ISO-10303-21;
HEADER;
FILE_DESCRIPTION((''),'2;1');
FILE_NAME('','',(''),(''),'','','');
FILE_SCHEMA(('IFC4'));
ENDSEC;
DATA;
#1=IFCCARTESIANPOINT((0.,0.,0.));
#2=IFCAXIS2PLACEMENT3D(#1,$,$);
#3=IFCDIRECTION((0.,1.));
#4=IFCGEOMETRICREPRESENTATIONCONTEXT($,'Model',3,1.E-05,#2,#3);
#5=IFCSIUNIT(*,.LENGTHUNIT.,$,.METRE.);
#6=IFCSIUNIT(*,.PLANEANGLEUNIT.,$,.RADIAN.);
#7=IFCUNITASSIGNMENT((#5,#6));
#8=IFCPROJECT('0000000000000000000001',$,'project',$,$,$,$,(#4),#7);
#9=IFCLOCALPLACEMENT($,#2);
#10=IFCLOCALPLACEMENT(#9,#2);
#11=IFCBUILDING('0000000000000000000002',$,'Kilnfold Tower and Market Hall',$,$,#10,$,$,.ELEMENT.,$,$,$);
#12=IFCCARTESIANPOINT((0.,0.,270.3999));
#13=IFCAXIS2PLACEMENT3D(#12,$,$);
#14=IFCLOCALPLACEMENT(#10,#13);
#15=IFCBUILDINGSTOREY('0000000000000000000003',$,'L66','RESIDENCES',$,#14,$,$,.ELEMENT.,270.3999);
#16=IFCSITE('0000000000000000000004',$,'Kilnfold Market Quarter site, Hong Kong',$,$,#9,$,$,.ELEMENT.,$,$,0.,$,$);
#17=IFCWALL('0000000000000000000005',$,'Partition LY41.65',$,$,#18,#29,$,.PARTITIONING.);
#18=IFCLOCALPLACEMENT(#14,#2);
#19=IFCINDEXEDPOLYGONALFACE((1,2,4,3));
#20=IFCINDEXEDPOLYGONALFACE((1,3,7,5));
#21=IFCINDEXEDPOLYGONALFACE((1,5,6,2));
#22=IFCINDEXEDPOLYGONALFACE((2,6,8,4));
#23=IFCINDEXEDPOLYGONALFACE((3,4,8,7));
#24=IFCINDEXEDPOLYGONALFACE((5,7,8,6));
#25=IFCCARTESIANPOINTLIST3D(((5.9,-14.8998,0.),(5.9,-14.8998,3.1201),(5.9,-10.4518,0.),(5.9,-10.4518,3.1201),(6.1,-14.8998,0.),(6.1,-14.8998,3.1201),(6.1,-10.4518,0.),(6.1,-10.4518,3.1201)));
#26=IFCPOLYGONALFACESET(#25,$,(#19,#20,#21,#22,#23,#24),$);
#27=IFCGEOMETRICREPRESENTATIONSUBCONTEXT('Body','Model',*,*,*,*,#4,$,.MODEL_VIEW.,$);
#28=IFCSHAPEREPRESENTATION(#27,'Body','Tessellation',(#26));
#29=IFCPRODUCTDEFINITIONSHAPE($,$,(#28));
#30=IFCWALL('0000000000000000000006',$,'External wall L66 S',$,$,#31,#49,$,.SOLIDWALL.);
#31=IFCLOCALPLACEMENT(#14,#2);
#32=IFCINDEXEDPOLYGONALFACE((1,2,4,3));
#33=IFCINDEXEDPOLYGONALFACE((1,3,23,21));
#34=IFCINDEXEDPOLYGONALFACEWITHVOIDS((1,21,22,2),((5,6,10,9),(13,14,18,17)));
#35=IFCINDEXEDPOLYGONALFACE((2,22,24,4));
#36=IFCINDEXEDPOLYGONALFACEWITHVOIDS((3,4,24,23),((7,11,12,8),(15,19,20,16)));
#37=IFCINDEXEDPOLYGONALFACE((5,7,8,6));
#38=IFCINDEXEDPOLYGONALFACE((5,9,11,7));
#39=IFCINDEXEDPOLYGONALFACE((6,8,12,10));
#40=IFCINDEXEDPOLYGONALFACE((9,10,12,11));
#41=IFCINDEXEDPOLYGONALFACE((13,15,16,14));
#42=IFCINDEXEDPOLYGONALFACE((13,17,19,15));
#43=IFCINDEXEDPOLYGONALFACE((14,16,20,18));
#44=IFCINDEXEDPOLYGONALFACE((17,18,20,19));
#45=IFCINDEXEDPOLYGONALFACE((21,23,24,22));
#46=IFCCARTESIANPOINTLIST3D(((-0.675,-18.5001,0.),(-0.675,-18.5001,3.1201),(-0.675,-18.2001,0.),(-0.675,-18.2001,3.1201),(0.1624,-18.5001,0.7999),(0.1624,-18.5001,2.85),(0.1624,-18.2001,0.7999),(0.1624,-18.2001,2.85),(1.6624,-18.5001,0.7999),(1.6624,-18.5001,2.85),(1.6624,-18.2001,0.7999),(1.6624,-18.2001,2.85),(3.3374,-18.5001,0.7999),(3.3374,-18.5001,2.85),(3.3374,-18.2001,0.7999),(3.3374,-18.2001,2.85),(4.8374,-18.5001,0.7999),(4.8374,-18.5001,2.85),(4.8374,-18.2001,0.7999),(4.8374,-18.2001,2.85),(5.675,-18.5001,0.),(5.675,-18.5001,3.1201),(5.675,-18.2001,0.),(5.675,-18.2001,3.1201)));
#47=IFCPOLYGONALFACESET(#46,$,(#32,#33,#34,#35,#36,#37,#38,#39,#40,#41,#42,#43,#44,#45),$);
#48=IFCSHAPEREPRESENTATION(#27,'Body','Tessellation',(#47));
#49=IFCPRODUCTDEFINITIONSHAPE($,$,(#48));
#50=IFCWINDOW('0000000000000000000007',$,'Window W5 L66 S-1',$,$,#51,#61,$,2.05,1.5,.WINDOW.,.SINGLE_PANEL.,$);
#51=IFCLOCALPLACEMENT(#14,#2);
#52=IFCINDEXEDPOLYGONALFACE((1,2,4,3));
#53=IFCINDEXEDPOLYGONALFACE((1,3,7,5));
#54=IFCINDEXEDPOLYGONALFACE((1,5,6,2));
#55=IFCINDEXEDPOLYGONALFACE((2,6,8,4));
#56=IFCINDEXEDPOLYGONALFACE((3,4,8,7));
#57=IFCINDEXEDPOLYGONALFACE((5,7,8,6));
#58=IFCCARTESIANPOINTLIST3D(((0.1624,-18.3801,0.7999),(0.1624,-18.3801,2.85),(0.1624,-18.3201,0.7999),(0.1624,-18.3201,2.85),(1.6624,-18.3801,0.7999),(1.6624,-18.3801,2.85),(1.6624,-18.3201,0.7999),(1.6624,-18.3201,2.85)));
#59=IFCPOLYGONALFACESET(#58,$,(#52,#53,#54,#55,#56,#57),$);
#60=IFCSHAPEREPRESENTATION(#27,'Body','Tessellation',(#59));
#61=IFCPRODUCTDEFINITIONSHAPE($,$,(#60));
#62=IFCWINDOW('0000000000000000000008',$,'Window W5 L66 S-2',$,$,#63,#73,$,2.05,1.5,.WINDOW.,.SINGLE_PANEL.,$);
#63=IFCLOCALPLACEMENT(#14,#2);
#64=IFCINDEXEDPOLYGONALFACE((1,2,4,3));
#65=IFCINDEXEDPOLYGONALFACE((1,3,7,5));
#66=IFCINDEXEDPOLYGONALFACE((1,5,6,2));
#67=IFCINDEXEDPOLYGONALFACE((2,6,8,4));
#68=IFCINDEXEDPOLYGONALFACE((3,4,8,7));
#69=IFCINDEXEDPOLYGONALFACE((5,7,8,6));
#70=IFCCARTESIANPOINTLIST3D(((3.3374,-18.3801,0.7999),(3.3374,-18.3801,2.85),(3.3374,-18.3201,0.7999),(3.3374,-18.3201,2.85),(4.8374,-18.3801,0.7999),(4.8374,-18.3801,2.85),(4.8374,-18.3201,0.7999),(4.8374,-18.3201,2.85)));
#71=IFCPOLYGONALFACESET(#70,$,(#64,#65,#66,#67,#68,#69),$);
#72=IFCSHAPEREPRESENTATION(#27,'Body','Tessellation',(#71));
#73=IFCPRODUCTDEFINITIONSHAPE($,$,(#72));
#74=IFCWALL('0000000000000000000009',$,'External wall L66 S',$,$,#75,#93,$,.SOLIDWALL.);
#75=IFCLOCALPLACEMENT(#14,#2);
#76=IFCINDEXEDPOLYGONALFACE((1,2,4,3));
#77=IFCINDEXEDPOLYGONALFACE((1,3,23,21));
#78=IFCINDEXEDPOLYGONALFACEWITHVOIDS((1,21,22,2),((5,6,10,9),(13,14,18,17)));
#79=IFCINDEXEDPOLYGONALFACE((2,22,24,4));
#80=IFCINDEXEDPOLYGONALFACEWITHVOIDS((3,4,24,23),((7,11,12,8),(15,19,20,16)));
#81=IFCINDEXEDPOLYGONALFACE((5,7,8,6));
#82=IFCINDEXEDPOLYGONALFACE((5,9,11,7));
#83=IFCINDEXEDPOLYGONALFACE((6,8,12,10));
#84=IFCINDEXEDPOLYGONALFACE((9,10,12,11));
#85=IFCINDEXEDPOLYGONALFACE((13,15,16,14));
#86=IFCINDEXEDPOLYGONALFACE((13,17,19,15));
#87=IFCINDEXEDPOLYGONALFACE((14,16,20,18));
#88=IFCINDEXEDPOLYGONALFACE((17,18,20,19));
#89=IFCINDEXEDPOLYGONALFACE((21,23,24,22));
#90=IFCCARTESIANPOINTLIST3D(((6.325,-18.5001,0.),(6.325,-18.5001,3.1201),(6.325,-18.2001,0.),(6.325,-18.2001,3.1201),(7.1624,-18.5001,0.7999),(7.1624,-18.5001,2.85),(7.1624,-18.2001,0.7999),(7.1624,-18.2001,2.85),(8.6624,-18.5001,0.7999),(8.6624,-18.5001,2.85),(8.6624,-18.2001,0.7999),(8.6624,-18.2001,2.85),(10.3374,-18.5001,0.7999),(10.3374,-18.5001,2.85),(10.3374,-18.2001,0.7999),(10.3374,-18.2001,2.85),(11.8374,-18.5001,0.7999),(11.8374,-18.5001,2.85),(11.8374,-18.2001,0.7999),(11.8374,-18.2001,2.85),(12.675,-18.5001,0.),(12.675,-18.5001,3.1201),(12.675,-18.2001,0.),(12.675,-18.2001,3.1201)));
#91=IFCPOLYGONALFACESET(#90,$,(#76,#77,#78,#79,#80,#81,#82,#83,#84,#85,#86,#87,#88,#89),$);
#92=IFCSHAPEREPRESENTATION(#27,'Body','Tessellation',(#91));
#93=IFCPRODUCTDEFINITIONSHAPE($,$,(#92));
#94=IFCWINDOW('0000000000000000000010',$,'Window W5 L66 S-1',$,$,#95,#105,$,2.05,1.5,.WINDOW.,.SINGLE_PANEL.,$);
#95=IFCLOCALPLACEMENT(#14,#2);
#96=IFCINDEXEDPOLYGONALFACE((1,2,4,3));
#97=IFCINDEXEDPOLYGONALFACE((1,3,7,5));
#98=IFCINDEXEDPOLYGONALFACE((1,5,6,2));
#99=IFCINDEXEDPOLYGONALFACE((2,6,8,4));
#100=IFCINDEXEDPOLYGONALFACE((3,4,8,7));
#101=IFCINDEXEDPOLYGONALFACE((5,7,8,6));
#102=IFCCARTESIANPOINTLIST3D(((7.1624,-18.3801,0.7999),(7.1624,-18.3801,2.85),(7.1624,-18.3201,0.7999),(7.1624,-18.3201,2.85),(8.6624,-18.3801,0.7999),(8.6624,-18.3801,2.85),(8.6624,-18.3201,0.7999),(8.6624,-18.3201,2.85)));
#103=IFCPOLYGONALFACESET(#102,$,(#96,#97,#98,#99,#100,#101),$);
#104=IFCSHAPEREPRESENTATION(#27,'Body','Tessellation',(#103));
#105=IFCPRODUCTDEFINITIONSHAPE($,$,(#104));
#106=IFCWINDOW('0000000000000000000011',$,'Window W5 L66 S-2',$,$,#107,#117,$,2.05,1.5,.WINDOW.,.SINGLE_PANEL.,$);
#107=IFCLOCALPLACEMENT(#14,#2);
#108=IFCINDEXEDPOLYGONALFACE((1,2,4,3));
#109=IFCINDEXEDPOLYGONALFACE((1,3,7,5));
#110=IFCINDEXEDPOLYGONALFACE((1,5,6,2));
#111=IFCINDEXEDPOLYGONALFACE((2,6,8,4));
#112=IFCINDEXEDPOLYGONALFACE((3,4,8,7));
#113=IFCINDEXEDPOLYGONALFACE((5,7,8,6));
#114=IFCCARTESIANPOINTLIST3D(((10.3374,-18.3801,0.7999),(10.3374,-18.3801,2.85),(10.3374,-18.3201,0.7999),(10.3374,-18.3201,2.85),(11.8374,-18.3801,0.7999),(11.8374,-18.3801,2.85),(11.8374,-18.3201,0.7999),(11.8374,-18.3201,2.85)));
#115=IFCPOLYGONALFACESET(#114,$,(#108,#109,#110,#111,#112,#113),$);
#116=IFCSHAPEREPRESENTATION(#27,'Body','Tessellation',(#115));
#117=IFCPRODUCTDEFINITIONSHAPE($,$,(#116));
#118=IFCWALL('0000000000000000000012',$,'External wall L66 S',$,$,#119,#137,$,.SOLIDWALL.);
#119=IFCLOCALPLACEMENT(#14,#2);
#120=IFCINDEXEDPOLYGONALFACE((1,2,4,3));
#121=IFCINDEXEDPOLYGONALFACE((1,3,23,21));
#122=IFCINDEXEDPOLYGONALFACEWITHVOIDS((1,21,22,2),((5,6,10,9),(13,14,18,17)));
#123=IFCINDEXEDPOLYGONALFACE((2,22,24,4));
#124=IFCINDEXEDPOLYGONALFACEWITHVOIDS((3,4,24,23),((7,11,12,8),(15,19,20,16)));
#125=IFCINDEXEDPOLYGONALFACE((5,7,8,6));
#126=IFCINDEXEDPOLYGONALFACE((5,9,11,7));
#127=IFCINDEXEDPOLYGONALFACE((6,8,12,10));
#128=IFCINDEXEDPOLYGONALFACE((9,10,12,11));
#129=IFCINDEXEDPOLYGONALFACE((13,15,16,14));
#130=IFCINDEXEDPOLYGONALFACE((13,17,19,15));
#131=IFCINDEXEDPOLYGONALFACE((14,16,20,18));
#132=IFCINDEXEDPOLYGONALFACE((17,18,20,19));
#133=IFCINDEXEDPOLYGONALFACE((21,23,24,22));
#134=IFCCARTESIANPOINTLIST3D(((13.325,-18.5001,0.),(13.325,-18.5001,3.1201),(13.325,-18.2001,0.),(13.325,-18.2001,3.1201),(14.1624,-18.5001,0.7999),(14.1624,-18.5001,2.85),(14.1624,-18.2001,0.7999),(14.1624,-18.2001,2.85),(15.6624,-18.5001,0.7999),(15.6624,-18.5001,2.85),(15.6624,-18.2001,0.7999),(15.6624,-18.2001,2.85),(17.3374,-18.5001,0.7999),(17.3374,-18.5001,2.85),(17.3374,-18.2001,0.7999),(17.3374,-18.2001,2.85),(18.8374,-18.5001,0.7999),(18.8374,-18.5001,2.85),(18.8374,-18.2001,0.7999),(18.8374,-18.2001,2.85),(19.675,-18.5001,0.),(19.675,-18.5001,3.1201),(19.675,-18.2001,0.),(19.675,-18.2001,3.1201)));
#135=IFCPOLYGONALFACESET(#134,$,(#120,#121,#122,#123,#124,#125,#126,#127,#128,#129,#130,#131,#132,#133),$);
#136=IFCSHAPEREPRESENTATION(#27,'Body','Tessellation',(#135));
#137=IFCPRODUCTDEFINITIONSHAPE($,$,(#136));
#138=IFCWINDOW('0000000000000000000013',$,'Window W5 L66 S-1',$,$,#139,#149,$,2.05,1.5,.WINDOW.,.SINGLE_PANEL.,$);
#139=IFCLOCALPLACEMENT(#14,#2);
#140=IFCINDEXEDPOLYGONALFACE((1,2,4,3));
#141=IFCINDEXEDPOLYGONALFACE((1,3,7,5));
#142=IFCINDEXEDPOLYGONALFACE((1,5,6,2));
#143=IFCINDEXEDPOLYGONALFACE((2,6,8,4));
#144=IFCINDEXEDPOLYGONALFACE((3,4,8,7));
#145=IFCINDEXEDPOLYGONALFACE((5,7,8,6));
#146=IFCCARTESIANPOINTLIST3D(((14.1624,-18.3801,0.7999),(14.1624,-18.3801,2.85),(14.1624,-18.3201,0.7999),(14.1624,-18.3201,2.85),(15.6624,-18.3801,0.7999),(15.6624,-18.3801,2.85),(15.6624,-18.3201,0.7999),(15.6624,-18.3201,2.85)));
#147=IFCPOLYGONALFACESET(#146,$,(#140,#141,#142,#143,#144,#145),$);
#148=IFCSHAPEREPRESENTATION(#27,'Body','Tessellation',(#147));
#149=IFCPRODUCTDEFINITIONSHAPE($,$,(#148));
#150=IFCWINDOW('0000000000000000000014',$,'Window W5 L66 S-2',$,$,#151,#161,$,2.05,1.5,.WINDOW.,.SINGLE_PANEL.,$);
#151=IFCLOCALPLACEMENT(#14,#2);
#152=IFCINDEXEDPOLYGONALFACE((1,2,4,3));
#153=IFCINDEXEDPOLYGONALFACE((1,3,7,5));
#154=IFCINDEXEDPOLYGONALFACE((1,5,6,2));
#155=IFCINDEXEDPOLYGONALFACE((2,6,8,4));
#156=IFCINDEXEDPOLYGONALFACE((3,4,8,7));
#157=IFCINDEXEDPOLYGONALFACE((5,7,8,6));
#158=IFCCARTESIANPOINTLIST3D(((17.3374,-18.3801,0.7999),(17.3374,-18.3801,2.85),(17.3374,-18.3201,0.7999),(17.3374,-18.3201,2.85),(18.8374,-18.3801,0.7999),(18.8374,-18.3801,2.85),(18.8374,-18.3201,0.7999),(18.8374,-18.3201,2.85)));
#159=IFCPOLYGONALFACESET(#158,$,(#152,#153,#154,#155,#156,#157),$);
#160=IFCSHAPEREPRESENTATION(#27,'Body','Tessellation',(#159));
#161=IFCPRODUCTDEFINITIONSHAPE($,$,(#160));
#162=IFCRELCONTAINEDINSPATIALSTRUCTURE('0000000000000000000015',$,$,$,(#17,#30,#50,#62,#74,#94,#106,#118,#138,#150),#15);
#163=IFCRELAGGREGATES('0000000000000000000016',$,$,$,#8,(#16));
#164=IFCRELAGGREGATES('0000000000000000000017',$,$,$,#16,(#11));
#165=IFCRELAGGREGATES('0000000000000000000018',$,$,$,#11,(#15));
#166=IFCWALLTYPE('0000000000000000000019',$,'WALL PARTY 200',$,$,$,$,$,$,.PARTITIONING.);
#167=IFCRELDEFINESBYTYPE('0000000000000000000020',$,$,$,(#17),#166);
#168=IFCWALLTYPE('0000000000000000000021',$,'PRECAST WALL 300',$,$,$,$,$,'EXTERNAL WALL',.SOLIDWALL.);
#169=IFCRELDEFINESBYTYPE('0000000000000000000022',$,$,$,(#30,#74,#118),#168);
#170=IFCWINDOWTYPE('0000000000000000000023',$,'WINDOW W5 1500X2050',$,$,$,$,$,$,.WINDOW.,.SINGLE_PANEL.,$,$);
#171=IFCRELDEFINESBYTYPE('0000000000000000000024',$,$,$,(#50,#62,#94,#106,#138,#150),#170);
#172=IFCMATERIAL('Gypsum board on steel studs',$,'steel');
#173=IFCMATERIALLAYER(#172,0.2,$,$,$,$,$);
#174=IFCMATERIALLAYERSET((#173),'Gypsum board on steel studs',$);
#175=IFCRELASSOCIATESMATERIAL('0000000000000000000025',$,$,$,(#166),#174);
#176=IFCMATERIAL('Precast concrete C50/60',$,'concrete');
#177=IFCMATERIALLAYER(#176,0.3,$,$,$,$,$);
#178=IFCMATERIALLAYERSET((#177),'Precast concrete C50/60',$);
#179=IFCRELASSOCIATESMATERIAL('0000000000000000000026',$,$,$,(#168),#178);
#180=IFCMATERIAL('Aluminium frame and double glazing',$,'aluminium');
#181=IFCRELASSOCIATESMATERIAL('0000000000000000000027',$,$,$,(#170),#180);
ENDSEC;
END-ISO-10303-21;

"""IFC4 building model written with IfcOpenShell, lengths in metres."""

from ifc_helpers import new_model, si_unit, direction, frame, frame_2d, origin, place, context, subcontext, project, spatial, rectangle, extrude, source, transform, mapped, material, layer, layer_set, type_object, element, fill, save


model = new_model("IFC4")

# Units and contexts
model_context = context("Model", 3, precision=1e-05, world=origin(), true_north=direction((0.0, 1.0)))
body_context = subcontext(model_context, "Body", "Model", "MODEL_VIEW")
ifc_project = project(units=[si_unit("LENGTHUNIT", "METRE"), si_unit("PLANEANGLEUNIT", "RADIAN")], contexts=[model_context])

# Site, building, storey
site_placement = place(None, origin())
site = spatial("IfcSite", under=ifc_project, at=site_placement, Name="Kilnfold Market Quarter site, Hong Kong", CompositionType="ELEMENT", RefElevation=0.0)
building_placement = place(site_placement, origin())
building = spatial("IfcBuilding", under=site, at=building_placement, Name="Kilnfold Tower and Market Hall", CompositionType="ELEMENT")
storey_placement = place(building_placement, frame((0.0, 0.0, 270.3999)))
storey = spatial("IfcBuildingStorey", under=building, at=storey_placement, Name="L66", Description="RESIDENCES", CompositionType="ELEMENT", Elevation=270.3999)

# Wall
ifc_material_1 = material(Name="Gypsum board on steel studs", Category="steel")
ifc_layer_1 = layer(ifc_material_1, 0.2)
ifc_layer_set_1 = layer_set([ifc_layer_1], Name="Gypsum board on steel studs")
wall_type_1 = type_object("IfcWallType", Name="WALL PARTY 200", PredefinedType="PARTITIONING", material=ifc_layer_set_1)
wall_1_placement = place(storey_placement, frame((6.0, -14.8999, 0.0), z_axis=(0.0, 0.0, 1.0), x_axis=(0.0, 1.0, 0.0)))
element("IfcWall", 1, at=wall_1_placement, inside=storey, type_object=wall_type_1, Name="Partition LY41.65", PredefinedType="PARTITIONING", context=body_context, shape_type="SweptSolid", body=[
    extrude(rectangle(XDim=4.448, YDim=0.2, at=frame_2d((2.2241, 0.0))), origin(), (0.0, 0.0, 1.0), 3.1201),
])

# Walls, openings, windows
ifc_material_2 = material(Name="Precast concrete C50/60", Category="concrete")
ifc_layer_2 = layer(ifc_material_2, 0.3)
ifc_layer_set_2 = layer_set([ifc_layer_2], Name="Precast concrete C50/60")
wall_type_2 = type_object("IfcWallType", Name="PRECAST WALL 300", ElementType="EXTERNAL WALL", PredefinedType="SOLIDWALL", material=ifc_layer_set_2)
shared_shape_1 = source(origin(), body_context, "Body", "SweptSolid", [
    extrude(rectangle(XDim=6.3501, YDim=0.3, at=frame_2d((3.175, 0.0))), origin(), (0.0, 0.0, 1.0), 3.1201),
])
wall_2_placement = place(storey_placement, frame((-0.675, -18.3501, 0.0), z_axis=(0.0, 0.0, 1.0), x_axis=(1.0, 0.0, 0.0)))
wall_2 = element("IfcWall", 2, at=wall_2_placement, inside=storey, type_object=wall_type_2, Name="External wall L66 S", PredefinedType="SOLIDWALL", context=body_context, shape_type="MappedRepresentation", body=[
    mapped(shared_shape_1, transform((0.0, 0.0, 0.0))),
])
opening_1_placement = place(wall_2_placement, frame((0.8374, 0.0, 0.8)))
opening_1 = element("IfcOpeningElement", 3, at=opening_1_placement, cuts=wall_2, PredefinedType="OPENING", context=body_context, shape_type="SweptSolid", body=[
    extrude(rectangle(XDim=1.5, YDim=2.05, at=frame_2d((0.75, 1.0249))), frame((0.0, 0.1602, 0.0), z_axis=(0.0, -1.0, 0.0), x_axis=(1.0, 0.0, 0.0)), (0.0, 0.0, 1.0), 0.3201),
])
opening_2_placement = place(wall_2_placement, frame((4.0125, 0.0, 0.8)))
opening_2 = element("IfcOpeningElement", 4, at=opening_2_placement, cuts=wall_2, PredefinedType="OPENING", context=body_context, shape_type="SweptSolid", body=[
    extrude(rectangle(XDim=1.5, YDim=2.05, at=frame_2d((0.75, 1.0249))), frame((0.0, 0.1602, 0.0), z_axis=(0.0, -1.0, 0.0), x_axis=(1.0, 0.0, 0.0)), (0.0, 0.0, 1.0), 0.3201),
])
ifc_material_3 = material(Name="Aluminium frame and double glazing", Category="aluminium")
window_type = type_object("IfcWindowType", Name="WINDOW W5 1500X2050", PartitioningType="SINGLE_PANEL", PredefinedType="WINDOW", material=ifc_material_3)
window_1_placement = place(opening_1_placement, origin())
window_1 = element("IfcWindow", 5, at=window_1_placement, inside=storey, type_object=window_type, Name="Window W5 L66 S-1", OverallHeight=2.05, OverallWidth=1.5, PartitioningType="SINGLE_PANEL", PredefinedType="WINDOW", context=body_context, shape_type="SweptSolid", body=[
    extrude(rectangle(XDim=1.5, YDim=2.05, at=frame_2d((0.75, 1.0249))), frame((0.0, 0.03, 0.0), z_axis=(0.0, -1.0, 0.0), x_axis=(1.0, 0.0, 0.0)), (0.0, 0.0, 1.0), 0.0601),
])
fill(opening_1, window_1)
window_2_placement = place(opening_2_placement, origin())
window_2 = element("IfcWindow", 6, at=window_2_placement, inside=storey, type_object=window_type, Name="Window W5 L66 S-2", OverallHeight=2.05, OverallWidth=1.5, PartitioningType="SINGLE_PANEL", PredefinedType="WINDOW", context=body_context, shape_type="SweptSolid", body=[
    extrude(rectangle(XDim=1.5, YDim=2.05, at=frame_2d((0.75, 1.0249))), frame((0.0, 0.03, 0.0), z_axis=(0.0, -1.0, 0.0), x_axis=(1.0, 0.0, 0.0)), (0.0, 0.0, 1.0), 0.0601),
])
fill(opening_2, window_2)
wall_3_placement = place(storey_placement, frame((6.325, -18.3501, 0.0), z_axis=(0.0, 0.0, 1.0), x_axis=(1.0, 0.0, 0.0)))
wall_3 = element("IfcWall", 7, at=wall_3_placement, inside=storey, type_object=wall_type_2, Name="External wall L66 S", PredefinedType="SOLIDWALL", context=body_context, shape_type="MappedRepresentation", body=[
    mapped(shared_shape_1, transform((0.0, 0.0, 0.0))),
])
opening_3_placement = place(wall_3_placement, frame((0.8374, 0.0, 0.8)))
opening_3 = element("IfcOpeningElement", 8, at=opening_3_placement, cuts=wall_3, PredefinedType="OPENING", context=body_context, shape_type="SweptSolid", body=[
    extrude(rectangle(XDim=1.5, YDim=2.05, at=frame_2d((0.75, 1.0249))), frame((0.0, 0.1602, 0.0), z_axis=(0.0, -1.0, 0.0), x_axis=(1.0, 0.0, 0.0)), (0.0, 0.0, 1.0), 0.3201),
])
opening_4_placement = place(wall_3_placement, frame((4.0125, 0.0, 0.8)))
opening_4 = element("IfcOpeningElement", 9, at=opening_4_placement, cuts=wall_3, PredefinedType="OPENING", context=body_context, shape_type="SweptSolid", body=[
    extrude(rectangle(XDim=1.5, YDim=2.05, at=frame_2d((0.75, 1.0249))), frame((0.0, 0.1602, 0.0), z_axis=(0.0, -1.0, 0.0), x_axis=(1.0, 0.0, 0.0)), (0.0, 0.0, 1.0), 0.3201),
])
window_3_placement = place(opening_3_placement, origin())
window_3 = element("IfcWindow", 10, at=window_3_placement, inside=storey, type_object=window_type, Name="Window W5 L66 S-1", OverallHeight=2.05, OverallWidth=1.5, PartitioningType="SINGLE_PANEL", PredefinedType="WINDOW", context=body_context, shape_type="SweptSolid", body=[
    extrude(rectangle(XDim=1.5, YDim=2.05, at=frame_2d((0.75, 1.0249))), frame((0.0, 0.03, 0.0), z_axis=(0.0, -1.0, 0.0), x_axis=(1.0, 0.0, 0.0)), (0.0, 0.0, 1.0), 0.0601),
])
fill(opening_3, window_3)
window_4_placement = place(opening_4_placement, origin())
window_4 = element("IfcWindow", 11, at=window_4_placement, inside=storey, type_object=window_type, Name="Window W5 L66 S-2", OverallHeight=2.05, OverallWidth=1.5, PartitioningType="SINGLE_PANEL", PredefinedType="WINDOW", context=body_context, shape_type="SweptSolid", body=[
    extrude(rectangle(XDim=1.5, YDim=2.05, at=frame_2d((0.75, 1.0249))), frame((0.0, 0.03, 0.0), z_axis=(0.0, -1.0, 0.0), x_axis=(1.0, 0.0, 0.0)), (0.0, 0.0, 1.0), 0.0601),
])
fill(opening_4, window_4)
wall_4_placement = place(storey_placement, frame((13.325, -18.3501, 0.0), z_axis=(0.0, 0.0, 1.0), x_axis=(1.0, 0.0, 0.0)))
wall_4 = element("IfcWall", 12, at=wall_4_placement, inside=storey, type_object=wall_type_2, Name="External wall L66 S", PredefinedType="SOLIDWALL", context=body_context, shape_type="MappedRepresentation", body=[
    mapped(shared_shape_1, transform((0.0, 0.0, 0.0))),
])
opening_5_placement = place(wall_4_placement, frame((0.8374, 0.0, 0.8)))
opening_5 = element("IfcOpeningElement", 13, at=opening_5_placement, cuts=wall_4, PredefinedType="OPENING", context=body_context, shape_type="SweptSolid", body=[
    extrude(rectangle(XDim=1.5, YDim=2.05, at=frame_2d((0.75, 1.0249))), frame((0.0, 0.1602, 0.0), z_axis=(0.0, -1.0, 0.0), x_axis=(1.0, 0.0, 0.0)), (0.0, 0.0, 1.0), 0.3201),
])
opening_6_placement = place(wall_4_placement, frame((4.0125, 0.0, 0.8)))
opening_6 = element("IfcOpeningElement", 14, at=opening_6_placement, cuts=wall_4, PredefinedType="OPENING", context=body_context, shape_type="SweptSolid", body=[
    extrude(rectangle(XDim=1.5, YDim=2.05, at=frame_2d((0.75, 1.0249))), frame((0.0, 0.1602, 0.0), z_axis=(0.0, -1.0, 0.0), x_axis=(1.0, 0.0, 0.0)), (0.0, 0.0, 1.0), 0.3201),
])
window_5_placement = place(opening_5_placement, origin())
window_5 = element("IfcWindow", 15, at=window_5_placement, inside=storey, type_object=window_type, Name="Window W5 L66 S-1", OverallHeight=2.05, OverallWidth=1.5, PartitioningType="SINGLE_PANEL", PredefinedType="WINDOW", context=body_context, shape_type="SweptSolid", body=[
    extrude(rectangle(XDim=1.5, YDim=2.05, at=frame_2d((0.75, 1.0249))), frame((0.0, 0.03, 0.0), z_axis=(0.0, -1.0, 0.0), x_axis=(1.0, 0.0, 0.0)), (0.0, 0.0, 1.0), 0.0601),
])
fill(opening_5, window_5)
window_6_placement = place(opening_6_placement, origin())
window_6 = element("IfcWindow", 16, at=window_6_placement, inside=storey, type_object=window_type, Name="Window W5 L66 S-2", OverallHeight=2.05, OverallWidth=1.5, PartitioningType="SINGLE_PANEL", PredefinedType="WINDOW", context=body_context, shape_type="SweptSolid", body=[
    extrude(rectangle(XDim=1.5, YDim=2.05, at=frame_2d((0.75, 1.0249))), frame((0.0, 0.03, 0.0), z_axis=(0.0, -1.0, 0.0), x_axis=(1.0, 0.0, 0.0)), (0.0, 0.0, 1.0), 0.0601),
])
fill(opening_6, window_6)

save(model, "model.ifc")
